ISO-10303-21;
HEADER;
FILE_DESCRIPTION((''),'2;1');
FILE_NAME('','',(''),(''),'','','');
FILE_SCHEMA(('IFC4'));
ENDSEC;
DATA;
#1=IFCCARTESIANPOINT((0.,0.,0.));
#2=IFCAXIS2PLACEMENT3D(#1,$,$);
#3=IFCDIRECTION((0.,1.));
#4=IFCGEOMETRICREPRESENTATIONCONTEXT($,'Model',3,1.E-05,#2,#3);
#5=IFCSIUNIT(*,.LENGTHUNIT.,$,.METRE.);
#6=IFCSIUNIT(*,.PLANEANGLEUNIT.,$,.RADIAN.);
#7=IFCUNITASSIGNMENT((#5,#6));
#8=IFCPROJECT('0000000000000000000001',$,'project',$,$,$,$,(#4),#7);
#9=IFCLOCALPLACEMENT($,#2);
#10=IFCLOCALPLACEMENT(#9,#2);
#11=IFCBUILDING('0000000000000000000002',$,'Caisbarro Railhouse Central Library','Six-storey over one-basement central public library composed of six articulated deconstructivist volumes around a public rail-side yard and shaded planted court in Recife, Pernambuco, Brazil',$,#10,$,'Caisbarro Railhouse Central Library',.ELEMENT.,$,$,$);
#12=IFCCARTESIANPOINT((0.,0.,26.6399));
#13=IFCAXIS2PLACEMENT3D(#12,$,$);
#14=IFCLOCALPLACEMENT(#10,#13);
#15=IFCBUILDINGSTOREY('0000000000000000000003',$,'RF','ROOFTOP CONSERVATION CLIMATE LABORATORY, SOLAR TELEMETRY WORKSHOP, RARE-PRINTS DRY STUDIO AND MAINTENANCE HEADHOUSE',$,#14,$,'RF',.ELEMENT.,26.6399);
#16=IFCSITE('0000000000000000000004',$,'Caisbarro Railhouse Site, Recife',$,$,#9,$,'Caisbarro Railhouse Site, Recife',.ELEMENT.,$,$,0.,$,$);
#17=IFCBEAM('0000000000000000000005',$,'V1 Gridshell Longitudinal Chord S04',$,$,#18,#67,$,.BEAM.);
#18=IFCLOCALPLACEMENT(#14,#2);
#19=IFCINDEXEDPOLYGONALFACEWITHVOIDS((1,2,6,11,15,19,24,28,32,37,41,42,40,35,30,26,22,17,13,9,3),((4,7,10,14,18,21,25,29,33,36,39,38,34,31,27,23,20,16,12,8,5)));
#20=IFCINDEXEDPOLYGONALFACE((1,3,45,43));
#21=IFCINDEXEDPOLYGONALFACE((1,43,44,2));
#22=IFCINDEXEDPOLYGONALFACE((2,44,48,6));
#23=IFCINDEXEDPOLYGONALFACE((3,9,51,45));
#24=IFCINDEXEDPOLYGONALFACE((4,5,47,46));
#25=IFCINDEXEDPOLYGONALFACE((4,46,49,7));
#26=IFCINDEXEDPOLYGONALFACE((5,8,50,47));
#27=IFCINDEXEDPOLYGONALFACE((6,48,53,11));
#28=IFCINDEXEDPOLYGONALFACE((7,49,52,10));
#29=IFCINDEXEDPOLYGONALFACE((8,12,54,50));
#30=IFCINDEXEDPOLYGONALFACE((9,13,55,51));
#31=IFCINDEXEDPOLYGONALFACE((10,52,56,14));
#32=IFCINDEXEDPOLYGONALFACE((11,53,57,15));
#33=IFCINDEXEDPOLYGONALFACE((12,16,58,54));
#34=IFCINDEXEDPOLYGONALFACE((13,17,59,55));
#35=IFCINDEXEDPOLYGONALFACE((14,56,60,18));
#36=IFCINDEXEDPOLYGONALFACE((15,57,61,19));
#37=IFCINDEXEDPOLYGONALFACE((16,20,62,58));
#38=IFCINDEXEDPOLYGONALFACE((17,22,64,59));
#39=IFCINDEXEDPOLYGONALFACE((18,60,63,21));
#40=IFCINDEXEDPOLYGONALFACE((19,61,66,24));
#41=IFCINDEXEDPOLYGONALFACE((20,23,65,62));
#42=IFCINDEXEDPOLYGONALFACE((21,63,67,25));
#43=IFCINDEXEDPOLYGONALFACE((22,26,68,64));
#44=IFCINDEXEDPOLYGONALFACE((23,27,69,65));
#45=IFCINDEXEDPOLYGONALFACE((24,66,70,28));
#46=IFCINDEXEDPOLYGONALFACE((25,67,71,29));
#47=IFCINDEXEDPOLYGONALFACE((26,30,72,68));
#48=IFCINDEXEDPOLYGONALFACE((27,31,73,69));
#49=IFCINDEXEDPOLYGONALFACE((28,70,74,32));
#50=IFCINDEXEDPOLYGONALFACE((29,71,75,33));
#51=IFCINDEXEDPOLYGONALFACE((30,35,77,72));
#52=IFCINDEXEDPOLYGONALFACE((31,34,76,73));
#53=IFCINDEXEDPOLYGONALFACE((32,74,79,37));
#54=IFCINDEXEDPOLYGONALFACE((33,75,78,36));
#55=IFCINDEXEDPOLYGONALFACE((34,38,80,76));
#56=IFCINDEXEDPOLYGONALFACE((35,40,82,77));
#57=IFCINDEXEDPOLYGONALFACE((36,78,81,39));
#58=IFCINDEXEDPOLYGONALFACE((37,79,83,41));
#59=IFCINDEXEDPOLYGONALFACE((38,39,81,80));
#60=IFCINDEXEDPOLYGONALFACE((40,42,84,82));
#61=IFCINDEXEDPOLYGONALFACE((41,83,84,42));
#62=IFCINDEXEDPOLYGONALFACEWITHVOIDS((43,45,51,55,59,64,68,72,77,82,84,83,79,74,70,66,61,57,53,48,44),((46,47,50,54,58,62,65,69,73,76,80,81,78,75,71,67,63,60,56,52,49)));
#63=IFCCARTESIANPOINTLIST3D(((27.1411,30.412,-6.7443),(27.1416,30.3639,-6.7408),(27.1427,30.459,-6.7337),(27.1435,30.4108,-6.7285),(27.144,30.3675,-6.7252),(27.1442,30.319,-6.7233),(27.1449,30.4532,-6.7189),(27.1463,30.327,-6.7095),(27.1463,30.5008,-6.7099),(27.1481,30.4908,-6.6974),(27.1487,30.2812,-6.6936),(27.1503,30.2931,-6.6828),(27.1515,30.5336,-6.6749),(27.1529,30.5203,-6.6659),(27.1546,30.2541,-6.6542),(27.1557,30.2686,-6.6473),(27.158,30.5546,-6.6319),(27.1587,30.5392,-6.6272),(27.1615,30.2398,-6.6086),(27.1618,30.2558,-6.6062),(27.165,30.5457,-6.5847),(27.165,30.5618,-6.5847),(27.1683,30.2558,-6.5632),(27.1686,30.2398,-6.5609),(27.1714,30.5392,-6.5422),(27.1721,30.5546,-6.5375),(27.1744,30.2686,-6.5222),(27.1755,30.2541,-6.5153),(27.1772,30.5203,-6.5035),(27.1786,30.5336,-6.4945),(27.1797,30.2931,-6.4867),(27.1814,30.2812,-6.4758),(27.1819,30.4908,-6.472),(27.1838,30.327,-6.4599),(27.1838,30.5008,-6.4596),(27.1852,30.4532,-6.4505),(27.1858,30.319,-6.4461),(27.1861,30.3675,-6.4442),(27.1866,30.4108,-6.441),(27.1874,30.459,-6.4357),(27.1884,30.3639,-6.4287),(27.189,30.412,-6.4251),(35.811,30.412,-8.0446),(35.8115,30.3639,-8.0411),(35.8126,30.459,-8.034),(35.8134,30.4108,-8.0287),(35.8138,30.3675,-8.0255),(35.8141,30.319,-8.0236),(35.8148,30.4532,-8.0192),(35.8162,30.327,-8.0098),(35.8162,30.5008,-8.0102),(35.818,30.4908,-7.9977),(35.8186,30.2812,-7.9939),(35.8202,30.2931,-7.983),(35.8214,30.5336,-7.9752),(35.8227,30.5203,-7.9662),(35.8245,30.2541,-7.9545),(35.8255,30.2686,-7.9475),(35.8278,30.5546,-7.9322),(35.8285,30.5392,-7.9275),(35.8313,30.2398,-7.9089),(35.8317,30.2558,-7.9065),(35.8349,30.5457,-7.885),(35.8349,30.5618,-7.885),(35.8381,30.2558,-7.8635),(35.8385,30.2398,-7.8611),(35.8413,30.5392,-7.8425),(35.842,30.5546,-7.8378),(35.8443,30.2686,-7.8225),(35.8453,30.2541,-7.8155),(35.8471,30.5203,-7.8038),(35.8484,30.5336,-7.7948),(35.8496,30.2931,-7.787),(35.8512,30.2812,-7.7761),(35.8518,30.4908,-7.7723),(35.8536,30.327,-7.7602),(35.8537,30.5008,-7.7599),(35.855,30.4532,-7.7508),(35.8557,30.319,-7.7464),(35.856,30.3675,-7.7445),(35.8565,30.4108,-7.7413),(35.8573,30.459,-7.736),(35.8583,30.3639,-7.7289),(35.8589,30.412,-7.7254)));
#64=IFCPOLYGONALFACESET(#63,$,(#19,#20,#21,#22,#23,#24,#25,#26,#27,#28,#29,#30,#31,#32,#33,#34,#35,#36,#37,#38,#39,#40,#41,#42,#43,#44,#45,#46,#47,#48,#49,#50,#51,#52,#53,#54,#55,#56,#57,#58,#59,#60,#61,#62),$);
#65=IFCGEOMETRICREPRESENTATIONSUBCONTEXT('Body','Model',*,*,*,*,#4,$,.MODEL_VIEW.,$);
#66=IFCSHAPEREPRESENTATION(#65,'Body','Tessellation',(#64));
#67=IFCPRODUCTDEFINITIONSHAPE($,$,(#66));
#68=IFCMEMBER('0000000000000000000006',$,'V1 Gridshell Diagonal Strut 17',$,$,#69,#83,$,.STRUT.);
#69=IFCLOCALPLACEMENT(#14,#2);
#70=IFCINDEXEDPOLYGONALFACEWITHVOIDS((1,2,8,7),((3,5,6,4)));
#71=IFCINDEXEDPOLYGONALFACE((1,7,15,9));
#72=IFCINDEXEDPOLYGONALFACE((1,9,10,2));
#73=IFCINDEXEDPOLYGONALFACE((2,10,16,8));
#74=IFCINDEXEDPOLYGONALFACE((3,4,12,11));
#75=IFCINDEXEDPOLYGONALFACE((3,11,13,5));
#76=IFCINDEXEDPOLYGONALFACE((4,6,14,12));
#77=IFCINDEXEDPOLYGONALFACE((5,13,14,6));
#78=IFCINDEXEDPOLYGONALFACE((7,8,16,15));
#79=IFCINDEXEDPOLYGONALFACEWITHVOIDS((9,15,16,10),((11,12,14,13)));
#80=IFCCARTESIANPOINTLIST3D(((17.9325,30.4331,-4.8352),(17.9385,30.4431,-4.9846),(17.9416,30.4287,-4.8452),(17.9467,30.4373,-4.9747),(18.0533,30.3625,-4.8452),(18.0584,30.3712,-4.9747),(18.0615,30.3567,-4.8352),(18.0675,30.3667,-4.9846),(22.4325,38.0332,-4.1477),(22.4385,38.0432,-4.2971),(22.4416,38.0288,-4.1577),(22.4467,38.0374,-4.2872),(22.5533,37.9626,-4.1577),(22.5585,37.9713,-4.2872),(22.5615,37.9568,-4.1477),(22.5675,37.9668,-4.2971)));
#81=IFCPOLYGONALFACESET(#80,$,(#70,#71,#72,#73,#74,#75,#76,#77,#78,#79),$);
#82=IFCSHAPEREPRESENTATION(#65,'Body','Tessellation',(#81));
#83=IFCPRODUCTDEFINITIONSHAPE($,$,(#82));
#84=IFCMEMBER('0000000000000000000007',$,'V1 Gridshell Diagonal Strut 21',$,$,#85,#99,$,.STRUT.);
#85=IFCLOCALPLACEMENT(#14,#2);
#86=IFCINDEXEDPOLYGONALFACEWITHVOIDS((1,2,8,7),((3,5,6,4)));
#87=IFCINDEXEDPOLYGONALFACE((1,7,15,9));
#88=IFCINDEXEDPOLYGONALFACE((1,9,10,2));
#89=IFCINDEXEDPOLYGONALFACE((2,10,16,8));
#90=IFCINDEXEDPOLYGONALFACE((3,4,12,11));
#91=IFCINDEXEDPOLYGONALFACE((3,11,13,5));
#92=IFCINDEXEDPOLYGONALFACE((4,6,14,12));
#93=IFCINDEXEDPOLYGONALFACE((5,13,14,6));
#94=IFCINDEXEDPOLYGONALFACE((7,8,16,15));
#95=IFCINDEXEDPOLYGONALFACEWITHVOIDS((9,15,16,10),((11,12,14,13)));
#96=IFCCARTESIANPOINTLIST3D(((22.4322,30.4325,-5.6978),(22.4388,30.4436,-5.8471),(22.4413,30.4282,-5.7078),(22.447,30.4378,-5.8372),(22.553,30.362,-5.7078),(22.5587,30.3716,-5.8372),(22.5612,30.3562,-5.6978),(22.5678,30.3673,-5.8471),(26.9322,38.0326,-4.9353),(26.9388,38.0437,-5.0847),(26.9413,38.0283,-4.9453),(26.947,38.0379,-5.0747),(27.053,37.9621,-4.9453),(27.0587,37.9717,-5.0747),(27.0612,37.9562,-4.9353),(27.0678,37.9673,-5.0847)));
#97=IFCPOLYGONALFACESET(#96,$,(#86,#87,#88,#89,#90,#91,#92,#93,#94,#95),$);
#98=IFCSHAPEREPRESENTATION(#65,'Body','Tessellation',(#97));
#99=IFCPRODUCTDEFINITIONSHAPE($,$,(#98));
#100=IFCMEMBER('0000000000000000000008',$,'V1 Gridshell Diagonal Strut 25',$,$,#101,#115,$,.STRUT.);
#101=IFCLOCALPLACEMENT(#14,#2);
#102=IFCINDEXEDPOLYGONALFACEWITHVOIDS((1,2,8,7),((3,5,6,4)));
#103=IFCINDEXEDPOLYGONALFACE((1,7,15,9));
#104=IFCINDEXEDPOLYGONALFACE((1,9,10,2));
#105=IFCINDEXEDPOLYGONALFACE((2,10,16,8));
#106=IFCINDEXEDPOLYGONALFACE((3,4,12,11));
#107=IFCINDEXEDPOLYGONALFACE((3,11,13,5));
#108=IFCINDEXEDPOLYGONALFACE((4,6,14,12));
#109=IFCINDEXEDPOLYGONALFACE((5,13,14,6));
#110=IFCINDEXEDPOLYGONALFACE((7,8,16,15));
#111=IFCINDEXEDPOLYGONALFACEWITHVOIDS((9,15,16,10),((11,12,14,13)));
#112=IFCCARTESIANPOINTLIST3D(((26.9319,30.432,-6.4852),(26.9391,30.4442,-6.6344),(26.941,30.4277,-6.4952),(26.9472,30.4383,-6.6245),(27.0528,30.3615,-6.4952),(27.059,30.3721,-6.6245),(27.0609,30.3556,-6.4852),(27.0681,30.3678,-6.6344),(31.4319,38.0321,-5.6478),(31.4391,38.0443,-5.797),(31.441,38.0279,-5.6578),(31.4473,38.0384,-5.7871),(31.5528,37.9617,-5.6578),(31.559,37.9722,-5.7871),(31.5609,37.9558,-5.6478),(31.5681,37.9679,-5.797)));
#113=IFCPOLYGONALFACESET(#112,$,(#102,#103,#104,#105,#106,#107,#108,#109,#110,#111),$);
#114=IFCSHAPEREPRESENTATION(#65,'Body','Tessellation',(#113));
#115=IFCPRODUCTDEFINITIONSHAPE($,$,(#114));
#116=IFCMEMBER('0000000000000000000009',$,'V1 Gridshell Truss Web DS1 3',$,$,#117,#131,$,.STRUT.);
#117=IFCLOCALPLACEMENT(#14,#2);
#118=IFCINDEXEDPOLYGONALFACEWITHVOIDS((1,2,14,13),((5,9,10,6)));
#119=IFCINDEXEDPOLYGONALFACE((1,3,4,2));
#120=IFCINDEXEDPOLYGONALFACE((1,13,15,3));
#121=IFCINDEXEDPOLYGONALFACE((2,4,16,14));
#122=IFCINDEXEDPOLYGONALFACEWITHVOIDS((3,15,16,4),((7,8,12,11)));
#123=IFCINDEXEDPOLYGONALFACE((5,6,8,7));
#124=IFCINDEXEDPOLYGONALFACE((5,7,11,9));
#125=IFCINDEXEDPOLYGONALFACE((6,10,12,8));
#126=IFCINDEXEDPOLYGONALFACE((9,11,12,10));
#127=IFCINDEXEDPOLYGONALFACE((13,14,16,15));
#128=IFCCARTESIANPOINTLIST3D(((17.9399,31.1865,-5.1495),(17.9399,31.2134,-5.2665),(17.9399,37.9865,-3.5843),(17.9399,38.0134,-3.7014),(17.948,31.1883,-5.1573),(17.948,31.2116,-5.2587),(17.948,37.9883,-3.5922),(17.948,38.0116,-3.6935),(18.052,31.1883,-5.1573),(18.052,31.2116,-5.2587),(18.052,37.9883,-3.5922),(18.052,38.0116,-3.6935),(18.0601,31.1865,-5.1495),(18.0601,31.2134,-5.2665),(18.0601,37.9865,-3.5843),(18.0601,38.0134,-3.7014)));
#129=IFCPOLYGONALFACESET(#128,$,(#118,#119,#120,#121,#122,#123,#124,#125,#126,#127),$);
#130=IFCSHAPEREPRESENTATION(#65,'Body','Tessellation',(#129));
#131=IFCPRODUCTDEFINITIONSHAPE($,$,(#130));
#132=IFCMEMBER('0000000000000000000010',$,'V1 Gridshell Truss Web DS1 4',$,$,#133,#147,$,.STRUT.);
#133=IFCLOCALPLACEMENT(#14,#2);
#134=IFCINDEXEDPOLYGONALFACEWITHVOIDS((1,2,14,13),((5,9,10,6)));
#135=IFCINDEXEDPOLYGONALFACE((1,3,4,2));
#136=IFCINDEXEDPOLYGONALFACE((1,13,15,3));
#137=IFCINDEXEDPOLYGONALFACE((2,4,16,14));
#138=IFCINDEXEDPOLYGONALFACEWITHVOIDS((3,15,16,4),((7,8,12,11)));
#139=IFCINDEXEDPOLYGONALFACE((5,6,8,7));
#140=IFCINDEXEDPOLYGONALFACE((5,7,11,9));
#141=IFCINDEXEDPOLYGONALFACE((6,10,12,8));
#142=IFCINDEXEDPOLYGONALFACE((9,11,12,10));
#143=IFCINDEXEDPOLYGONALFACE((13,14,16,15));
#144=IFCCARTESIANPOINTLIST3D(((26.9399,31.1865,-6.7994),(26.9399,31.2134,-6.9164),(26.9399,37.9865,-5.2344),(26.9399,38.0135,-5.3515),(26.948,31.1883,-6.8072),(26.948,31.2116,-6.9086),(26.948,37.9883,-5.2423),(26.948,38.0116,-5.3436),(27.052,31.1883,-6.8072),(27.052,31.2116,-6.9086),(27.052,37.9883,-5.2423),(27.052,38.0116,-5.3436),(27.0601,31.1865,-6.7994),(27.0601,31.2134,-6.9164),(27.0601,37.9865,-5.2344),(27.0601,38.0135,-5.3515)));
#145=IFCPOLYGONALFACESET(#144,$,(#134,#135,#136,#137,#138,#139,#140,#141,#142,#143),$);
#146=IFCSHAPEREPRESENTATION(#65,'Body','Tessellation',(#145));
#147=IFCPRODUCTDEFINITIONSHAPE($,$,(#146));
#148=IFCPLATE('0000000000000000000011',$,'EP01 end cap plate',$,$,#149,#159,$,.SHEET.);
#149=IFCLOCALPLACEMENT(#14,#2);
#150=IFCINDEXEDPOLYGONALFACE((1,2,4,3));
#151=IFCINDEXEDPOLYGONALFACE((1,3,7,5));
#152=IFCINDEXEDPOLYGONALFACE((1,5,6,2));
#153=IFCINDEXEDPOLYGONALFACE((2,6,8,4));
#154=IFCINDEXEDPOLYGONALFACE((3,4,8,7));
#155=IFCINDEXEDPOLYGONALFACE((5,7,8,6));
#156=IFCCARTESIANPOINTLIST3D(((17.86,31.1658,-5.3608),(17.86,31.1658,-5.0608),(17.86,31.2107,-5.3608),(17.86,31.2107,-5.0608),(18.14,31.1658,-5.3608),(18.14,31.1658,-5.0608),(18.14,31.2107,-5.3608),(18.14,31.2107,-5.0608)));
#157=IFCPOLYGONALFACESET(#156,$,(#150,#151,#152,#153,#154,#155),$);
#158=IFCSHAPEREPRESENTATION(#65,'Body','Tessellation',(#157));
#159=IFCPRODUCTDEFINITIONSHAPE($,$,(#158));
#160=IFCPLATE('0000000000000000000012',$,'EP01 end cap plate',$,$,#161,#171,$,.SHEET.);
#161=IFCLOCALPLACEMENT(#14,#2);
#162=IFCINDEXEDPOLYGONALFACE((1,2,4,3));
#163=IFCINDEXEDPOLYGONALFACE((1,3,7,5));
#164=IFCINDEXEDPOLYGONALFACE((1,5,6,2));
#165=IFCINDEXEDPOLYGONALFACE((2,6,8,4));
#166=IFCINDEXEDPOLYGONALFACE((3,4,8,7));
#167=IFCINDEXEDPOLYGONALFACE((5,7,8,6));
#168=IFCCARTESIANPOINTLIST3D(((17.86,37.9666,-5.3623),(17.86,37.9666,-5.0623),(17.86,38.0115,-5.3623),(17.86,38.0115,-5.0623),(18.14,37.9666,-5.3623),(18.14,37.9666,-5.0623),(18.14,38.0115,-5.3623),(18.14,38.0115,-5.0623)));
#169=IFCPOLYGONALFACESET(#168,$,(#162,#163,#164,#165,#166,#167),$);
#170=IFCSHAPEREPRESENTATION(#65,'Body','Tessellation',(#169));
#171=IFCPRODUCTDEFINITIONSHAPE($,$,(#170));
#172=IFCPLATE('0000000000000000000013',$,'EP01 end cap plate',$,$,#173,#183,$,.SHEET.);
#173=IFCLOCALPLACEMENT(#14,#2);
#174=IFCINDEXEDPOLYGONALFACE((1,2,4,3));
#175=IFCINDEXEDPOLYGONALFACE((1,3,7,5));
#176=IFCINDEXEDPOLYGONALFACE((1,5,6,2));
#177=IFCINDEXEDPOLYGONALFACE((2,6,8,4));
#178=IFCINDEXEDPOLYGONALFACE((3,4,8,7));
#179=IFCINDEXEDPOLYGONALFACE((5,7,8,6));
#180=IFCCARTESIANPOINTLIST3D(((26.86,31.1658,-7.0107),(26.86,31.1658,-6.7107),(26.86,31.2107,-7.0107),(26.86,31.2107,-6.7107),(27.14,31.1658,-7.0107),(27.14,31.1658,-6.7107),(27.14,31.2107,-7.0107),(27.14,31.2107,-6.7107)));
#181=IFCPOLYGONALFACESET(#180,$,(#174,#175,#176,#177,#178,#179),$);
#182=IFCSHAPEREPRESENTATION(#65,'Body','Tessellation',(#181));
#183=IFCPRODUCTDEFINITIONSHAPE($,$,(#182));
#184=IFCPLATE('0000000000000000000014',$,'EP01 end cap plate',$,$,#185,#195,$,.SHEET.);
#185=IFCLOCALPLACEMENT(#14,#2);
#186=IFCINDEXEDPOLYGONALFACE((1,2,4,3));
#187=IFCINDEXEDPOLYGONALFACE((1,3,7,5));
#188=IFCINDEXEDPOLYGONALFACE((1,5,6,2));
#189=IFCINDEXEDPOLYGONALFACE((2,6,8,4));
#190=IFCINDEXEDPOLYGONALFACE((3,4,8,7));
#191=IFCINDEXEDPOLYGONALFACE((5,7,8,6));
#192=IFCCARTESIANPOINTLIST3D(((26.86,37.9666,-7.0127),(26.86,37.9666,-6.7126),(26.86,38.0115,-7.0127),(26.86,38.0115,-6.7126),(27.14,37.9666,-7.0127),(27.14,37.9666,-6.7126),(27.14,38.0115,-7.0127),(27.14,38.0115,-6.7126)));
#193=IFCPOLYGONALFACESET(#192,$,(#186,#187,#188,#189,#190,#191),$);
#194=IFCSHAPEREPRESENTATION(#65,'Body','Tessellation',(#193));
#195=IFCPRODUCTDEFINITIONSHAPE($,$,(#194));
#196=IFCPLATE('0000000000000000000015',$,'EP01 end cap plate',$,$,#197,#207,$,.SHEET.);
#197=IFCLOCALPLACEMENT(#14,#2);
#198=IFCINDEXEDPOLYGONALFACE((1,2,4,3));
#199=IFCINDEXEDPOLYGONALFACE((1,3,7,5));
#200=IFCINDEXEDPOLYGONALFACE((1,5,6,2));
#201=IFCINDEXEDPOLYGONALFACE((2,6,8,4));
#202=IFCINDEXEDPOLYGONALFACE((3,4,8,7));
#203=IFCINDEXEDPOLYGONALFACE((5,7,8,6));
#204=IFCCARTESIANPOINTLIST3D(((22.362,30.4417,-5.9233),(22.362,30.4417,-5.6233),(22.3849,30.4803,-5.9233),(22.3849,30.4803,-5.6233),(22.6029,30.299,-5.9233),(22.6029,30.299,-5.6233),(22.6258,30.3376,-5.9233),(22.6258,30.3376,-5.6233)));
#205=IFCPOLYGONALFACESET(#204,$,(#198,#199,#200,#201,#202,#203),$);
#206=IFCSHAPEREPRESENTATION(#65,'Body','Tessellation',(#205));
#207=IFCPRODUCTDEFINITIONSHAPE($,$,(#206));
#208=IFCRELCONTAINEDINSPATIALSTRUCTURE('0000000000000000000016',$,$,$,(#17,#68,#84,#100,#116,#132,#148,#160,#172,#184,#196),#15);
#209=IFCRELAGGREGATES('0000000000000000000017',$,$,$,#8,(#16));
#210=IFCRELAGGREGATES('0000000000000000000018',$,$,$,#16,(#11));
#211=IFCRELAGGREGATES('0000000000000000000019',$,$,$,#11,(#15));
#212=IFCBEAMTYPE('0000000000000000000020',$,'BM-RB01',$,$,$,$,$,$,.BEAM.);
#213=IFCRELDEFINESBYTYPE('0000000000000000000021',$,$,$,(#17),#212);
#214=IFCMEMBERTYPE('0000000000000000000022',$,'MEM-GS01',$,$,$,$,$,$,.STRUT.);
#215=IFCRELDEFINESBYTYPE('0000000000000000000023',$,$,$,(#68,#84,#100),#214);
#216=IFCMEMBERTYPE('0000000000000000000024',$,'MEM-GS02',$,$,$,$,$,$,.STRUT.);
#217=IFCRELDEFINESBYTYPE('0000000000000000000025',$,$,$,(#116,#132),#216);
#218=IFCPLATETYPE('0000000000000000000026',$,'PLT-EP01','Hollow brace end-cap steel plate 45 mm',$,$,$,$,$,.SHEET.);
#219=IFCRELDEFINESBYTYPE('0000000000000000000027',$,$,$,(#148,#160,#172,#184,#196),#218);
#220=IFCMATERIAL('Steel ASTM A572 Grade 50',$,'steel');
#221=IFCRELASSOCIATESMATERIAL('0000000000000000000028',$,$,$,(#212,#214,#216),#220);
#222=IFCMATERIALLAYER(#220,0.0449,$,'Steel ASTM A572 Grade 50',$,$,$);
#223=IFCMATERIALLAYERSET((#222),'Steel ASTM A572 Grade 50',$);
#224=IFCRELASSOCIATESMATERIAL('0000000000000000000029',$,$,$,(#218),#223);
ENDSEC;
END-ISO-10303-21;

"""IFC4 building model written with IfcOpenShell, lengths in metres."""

from ifc_helpers import new_model, si_unit, direction, frame, origin, origin_2d, place, context, subcontext, project, spatial, rectangle, hollow_rectangle, hollow_circle, extrude, material, layer, layer_set, material_profile, profile_set, type_object, element, save


model = new_model("IFC4")

# Units and contexts
model_context = context("Model", 3, precision=1e-05, world=origin(), true_north=direction((0.0, 1.0)))
body_context = subcontext(model_context, "Body", "Model", "MODEL_VIEW")
ifc_project = project(units=[si_unit("LENGTHUNIT", "METRE"), si_unit("PLANEANGLEUNIT", "RADIAN")], contexts=[model_context])

# Site, building, storey
site_placement = place(None, origin())
site = spatial("IfcSite", under=ifc_project, at=site_placement, Name="Caisbarro Railhouse Site, Recife", LongName="Caisbarro Railhouse Site, Recife", CompositionType="ELEMENT", RefElevation=0.0)
building_placement = place(site_placement, origin())
building = spatial("IfcBuilding", under=site, at=building_placement, Name="Caisbarro Railhouse Central Library", Description="Six-storey over one-basement central public library composed of six articulated deconstructivist volumes around a public rail-side yard and shaded planted court in Recife, Pernambuco, Brazil", LongName="Caisbarro Railhouse Central Library", CompositionType="ELEMENT")
storey_placement = place(building_placement, frame((0.0, 0.0, 26.6399)))
storey = spatial("IfcBuildingStorey", under=building, at=storey_placement, Name="RF", Description="ROOFTOP CONSERVATION CLIMATE LABORATORY, SOLAR TELEMETRY WORKSHOP, RARE-PRINTS DRY STUDIO AND MAINTENANCE HEADHOUSE", LongName="RF", CompositionType="ELEMENT", Elevation=26.6399)

# Beam
ifc_material_1 = material(Name="Steel ASTM A572 Grade 50", Category="steel")
ifc_material_profile_1 = material_profile(ifc_material_1, hollow_circle(Radius=0.1619, WallThickness=0.0161, at=origin_2d()), Name="CHS323.9X16.0")
ifc_profile_set_1 = profile_set([ifc_material_profile_1], Name="Steel ASTM A572 Grade 50")
beam_type_1 = type_object("IfcBeamType", Name="BM-RB01", PredefinedType="BEAM", material=ifc_profile_set_1)
beam_1_placement = place(storey_placement, frame((27.165, 30.3999, -6.5847), z_axis=(0.98894, 0.0, -0.148319), x_axis=(0.0, 1.0, 0.0)))
element("IfcBeam", 1, at=beam_1_placement, inside=storey, type_object=beam_type_1, Name="V1 Gridshell Longitudinal Chord S04", PredefinedType="BEAM", context=body_context, shape_type="SweptSolid", body=[
    extrude(hollow_circle(Radius=0.1619, WallThickness=0.0161, at=origin_2d()), origin(), (0.0, 0.0, 1.0), 8.7668),
])

# Members
ifc_material_profile_2 = material_profile(ifc_material_1, hollow_rectangle(XDim=0.1499, YDim=0.1499, WallThickness=0.01, at=origin_2d()), Name="HSS150X150X10")
ifc_profile_set_2 = profile_set([ifc_material_profile_2], Name="Steel ASTM A572 Grade 50")
member_type_1 = type_object("IfcMemberType", Name="MEM-GS01", PredefinedType="STRUT", material=ifc_profile_set_2)
member_1_placement = place(storey_placement, frame((18.0, 30.3999, -4.9099), z_axis=(0.507951, 0.857883, 0.077604), x_axis=(-0.860478, 0.509487, 0.0)))
element("IfcMember", 2, at=member_1_placement, inside=storey, type_object=member_type_1, Name="V1 Gridshell Diagonal Strut 17", PredefinedType="STRUT", context=body_context, shape_type="SweptSolid", body=[
    extrude(hollow_rectangle(XDim=0.1499, YDim=0.1499, WallThickness=0.01, at=origin_2d()), origin(), (0.0, 0.0, 1.0), 8.8591),
])
member_2_placement = place(storey_placement, frame((22.5, 30.3999, -5.7725), z_axis=(0.507599, 0.85729, 0.086004), x_axis=(-0.860478, 0.509487, 0.0)))
element("IfcMember", 3, at=member_2_placement, inside=storey, type_object=member_type_1, Name="V1 Gridshell Diagonal Strut 21", PredefinedType="STRUT", context=body_context, shape_type="SweptSolid", body=[
    extrude(hollow_rectangle(XDim=0.1499, YDim=0.1499, WallThickness=0.01, at=origin_2d()), origin(), (0.0, 0.0, 1.0), 8.8652),
])
member_3_placement = place(storey_placement, frame((27.0, 30.3999, -6.5598), z_axis=(0.507213, 0.856637, 0.094387), x_axis=(-0.860478, 0.509487, 0.0)))
element("IfcMember", 4, at=member_3_placement, inside=storey, type_object=member_type_1, Name="V1 Gridshell Diagonal Strut 25", PredefinedType="STRUT", context=body_context, shape_type="SweptSolid", body=[
    extrude(hollow_rectangle(XDim=0.1499, YDim=0.1499, WallThickness=0.01, at=origin_2d()), origin(), (0.0, 0.0, 1.0), 8.8721),
])
ifc_material_profile_3 = material_profile(ifc_material_1, hollow_rectangle(XDim=0.1201, YDim=0.1201, WallThickness=0.0081, at=origin_2d()), Name="HSS120X120X8")
ifc_profile_set_3 = profile_set([ifc_material_profile_3], Name="Steel ASTM A572 Grade 50")
member_type_2 = type_object("IfcMemberType", Name="MEM-GS02", PredefinedType="STRUT", material=ifc_profile_set_3)
for number, where, z_axis, x_axis, name in (
    (5, (18.0, 31.2, -5.208), (0.0, 0.974518, 0.224308), (-1.0, 0.0, 0.0), "V1 Gridshell Truss Web DS1 3"),
    (6, (27.0, 31.2, -6.8579), (0.0, 0.974526, 0.224274), (-1.0, 0.0, 0.0), "V1 Gridshell Truss Web DS1 4"),
):
    element("IfcMember", number, at=place(storey_placement, frame(where, z_axis=z_axis, x_axis=x_axis)), inside=storey, type_object=member_type_2, Name=name, PredefinedType="STRUT", context=body_context, shape_type="SweptSolid", body=[
        extrude(hollow_rectangle(XDim=0.1201, YDim=0.1201, WallThickness=0.0081, at=origin_2d()), origin(), (0.0, 0.0, 1.0), 6.9778),
    ])

# Plates
ifc_layer_1 = layer(ifc_material_1, 0.0449, Name="Steel ASTM A572 Grade 50")
ifc_layer_set_1 = layer_set([ifc_layer_1], Name="Steel ASTM A572 Grade 50")
plate_type = type_object("IfcPlateType", Name="PLT-EP01", Description="Hollow brace end-cap steel plate 45 mm", PredefinedType="SHEET", material=ifc_layer_set_1)
for number, where, z_axis, x_axis, name in (
    (7, (18.0, 31.1882, -5.3608), (0.0, 0.0, 1.0), (0.0, 1.0, 0.0), "EP01 end cap plate"),
    (8, (18.0, 37.989, -5.3623), (0.0, 0.0, 1.0), (0.0, 1.0, 0.0), "EP01 end cap plate"),
    (9, (27.0, 31.1882, -7.0107), (0.0, 0.0, 1.0), (0.0, 1.0, 0.0), "EP01 end cap plate"),
    (10, (27.0, 37.989, -7.0127), (0.0, 0.0, 1.0), (0.0, 1.0, 0.0), "EP01 end cap plate"),
    (11, (22.4939, 30.3896, -5.9233), (0.0, 0.0, 1.0), (0.509492, 0.860475, 0.0), "EP01 end cap plate"),
):
    element("IfcPlate", number, at=place(storey_placement, frame(where, z_axis=z_axis, x_axis=x_axis)), inside=storey, type_object=plate_type, Name=name, PredefinedType="SHEET", context=body_context, shape_type="SweptSolid", body=[
        extrude(rectangle(XDim=0.0449, YDim=0.28, at=origin_2d()), origin(), (0.0, 0.0, 1.0), 0.3),
    ])

save(model, "model.ifc")
